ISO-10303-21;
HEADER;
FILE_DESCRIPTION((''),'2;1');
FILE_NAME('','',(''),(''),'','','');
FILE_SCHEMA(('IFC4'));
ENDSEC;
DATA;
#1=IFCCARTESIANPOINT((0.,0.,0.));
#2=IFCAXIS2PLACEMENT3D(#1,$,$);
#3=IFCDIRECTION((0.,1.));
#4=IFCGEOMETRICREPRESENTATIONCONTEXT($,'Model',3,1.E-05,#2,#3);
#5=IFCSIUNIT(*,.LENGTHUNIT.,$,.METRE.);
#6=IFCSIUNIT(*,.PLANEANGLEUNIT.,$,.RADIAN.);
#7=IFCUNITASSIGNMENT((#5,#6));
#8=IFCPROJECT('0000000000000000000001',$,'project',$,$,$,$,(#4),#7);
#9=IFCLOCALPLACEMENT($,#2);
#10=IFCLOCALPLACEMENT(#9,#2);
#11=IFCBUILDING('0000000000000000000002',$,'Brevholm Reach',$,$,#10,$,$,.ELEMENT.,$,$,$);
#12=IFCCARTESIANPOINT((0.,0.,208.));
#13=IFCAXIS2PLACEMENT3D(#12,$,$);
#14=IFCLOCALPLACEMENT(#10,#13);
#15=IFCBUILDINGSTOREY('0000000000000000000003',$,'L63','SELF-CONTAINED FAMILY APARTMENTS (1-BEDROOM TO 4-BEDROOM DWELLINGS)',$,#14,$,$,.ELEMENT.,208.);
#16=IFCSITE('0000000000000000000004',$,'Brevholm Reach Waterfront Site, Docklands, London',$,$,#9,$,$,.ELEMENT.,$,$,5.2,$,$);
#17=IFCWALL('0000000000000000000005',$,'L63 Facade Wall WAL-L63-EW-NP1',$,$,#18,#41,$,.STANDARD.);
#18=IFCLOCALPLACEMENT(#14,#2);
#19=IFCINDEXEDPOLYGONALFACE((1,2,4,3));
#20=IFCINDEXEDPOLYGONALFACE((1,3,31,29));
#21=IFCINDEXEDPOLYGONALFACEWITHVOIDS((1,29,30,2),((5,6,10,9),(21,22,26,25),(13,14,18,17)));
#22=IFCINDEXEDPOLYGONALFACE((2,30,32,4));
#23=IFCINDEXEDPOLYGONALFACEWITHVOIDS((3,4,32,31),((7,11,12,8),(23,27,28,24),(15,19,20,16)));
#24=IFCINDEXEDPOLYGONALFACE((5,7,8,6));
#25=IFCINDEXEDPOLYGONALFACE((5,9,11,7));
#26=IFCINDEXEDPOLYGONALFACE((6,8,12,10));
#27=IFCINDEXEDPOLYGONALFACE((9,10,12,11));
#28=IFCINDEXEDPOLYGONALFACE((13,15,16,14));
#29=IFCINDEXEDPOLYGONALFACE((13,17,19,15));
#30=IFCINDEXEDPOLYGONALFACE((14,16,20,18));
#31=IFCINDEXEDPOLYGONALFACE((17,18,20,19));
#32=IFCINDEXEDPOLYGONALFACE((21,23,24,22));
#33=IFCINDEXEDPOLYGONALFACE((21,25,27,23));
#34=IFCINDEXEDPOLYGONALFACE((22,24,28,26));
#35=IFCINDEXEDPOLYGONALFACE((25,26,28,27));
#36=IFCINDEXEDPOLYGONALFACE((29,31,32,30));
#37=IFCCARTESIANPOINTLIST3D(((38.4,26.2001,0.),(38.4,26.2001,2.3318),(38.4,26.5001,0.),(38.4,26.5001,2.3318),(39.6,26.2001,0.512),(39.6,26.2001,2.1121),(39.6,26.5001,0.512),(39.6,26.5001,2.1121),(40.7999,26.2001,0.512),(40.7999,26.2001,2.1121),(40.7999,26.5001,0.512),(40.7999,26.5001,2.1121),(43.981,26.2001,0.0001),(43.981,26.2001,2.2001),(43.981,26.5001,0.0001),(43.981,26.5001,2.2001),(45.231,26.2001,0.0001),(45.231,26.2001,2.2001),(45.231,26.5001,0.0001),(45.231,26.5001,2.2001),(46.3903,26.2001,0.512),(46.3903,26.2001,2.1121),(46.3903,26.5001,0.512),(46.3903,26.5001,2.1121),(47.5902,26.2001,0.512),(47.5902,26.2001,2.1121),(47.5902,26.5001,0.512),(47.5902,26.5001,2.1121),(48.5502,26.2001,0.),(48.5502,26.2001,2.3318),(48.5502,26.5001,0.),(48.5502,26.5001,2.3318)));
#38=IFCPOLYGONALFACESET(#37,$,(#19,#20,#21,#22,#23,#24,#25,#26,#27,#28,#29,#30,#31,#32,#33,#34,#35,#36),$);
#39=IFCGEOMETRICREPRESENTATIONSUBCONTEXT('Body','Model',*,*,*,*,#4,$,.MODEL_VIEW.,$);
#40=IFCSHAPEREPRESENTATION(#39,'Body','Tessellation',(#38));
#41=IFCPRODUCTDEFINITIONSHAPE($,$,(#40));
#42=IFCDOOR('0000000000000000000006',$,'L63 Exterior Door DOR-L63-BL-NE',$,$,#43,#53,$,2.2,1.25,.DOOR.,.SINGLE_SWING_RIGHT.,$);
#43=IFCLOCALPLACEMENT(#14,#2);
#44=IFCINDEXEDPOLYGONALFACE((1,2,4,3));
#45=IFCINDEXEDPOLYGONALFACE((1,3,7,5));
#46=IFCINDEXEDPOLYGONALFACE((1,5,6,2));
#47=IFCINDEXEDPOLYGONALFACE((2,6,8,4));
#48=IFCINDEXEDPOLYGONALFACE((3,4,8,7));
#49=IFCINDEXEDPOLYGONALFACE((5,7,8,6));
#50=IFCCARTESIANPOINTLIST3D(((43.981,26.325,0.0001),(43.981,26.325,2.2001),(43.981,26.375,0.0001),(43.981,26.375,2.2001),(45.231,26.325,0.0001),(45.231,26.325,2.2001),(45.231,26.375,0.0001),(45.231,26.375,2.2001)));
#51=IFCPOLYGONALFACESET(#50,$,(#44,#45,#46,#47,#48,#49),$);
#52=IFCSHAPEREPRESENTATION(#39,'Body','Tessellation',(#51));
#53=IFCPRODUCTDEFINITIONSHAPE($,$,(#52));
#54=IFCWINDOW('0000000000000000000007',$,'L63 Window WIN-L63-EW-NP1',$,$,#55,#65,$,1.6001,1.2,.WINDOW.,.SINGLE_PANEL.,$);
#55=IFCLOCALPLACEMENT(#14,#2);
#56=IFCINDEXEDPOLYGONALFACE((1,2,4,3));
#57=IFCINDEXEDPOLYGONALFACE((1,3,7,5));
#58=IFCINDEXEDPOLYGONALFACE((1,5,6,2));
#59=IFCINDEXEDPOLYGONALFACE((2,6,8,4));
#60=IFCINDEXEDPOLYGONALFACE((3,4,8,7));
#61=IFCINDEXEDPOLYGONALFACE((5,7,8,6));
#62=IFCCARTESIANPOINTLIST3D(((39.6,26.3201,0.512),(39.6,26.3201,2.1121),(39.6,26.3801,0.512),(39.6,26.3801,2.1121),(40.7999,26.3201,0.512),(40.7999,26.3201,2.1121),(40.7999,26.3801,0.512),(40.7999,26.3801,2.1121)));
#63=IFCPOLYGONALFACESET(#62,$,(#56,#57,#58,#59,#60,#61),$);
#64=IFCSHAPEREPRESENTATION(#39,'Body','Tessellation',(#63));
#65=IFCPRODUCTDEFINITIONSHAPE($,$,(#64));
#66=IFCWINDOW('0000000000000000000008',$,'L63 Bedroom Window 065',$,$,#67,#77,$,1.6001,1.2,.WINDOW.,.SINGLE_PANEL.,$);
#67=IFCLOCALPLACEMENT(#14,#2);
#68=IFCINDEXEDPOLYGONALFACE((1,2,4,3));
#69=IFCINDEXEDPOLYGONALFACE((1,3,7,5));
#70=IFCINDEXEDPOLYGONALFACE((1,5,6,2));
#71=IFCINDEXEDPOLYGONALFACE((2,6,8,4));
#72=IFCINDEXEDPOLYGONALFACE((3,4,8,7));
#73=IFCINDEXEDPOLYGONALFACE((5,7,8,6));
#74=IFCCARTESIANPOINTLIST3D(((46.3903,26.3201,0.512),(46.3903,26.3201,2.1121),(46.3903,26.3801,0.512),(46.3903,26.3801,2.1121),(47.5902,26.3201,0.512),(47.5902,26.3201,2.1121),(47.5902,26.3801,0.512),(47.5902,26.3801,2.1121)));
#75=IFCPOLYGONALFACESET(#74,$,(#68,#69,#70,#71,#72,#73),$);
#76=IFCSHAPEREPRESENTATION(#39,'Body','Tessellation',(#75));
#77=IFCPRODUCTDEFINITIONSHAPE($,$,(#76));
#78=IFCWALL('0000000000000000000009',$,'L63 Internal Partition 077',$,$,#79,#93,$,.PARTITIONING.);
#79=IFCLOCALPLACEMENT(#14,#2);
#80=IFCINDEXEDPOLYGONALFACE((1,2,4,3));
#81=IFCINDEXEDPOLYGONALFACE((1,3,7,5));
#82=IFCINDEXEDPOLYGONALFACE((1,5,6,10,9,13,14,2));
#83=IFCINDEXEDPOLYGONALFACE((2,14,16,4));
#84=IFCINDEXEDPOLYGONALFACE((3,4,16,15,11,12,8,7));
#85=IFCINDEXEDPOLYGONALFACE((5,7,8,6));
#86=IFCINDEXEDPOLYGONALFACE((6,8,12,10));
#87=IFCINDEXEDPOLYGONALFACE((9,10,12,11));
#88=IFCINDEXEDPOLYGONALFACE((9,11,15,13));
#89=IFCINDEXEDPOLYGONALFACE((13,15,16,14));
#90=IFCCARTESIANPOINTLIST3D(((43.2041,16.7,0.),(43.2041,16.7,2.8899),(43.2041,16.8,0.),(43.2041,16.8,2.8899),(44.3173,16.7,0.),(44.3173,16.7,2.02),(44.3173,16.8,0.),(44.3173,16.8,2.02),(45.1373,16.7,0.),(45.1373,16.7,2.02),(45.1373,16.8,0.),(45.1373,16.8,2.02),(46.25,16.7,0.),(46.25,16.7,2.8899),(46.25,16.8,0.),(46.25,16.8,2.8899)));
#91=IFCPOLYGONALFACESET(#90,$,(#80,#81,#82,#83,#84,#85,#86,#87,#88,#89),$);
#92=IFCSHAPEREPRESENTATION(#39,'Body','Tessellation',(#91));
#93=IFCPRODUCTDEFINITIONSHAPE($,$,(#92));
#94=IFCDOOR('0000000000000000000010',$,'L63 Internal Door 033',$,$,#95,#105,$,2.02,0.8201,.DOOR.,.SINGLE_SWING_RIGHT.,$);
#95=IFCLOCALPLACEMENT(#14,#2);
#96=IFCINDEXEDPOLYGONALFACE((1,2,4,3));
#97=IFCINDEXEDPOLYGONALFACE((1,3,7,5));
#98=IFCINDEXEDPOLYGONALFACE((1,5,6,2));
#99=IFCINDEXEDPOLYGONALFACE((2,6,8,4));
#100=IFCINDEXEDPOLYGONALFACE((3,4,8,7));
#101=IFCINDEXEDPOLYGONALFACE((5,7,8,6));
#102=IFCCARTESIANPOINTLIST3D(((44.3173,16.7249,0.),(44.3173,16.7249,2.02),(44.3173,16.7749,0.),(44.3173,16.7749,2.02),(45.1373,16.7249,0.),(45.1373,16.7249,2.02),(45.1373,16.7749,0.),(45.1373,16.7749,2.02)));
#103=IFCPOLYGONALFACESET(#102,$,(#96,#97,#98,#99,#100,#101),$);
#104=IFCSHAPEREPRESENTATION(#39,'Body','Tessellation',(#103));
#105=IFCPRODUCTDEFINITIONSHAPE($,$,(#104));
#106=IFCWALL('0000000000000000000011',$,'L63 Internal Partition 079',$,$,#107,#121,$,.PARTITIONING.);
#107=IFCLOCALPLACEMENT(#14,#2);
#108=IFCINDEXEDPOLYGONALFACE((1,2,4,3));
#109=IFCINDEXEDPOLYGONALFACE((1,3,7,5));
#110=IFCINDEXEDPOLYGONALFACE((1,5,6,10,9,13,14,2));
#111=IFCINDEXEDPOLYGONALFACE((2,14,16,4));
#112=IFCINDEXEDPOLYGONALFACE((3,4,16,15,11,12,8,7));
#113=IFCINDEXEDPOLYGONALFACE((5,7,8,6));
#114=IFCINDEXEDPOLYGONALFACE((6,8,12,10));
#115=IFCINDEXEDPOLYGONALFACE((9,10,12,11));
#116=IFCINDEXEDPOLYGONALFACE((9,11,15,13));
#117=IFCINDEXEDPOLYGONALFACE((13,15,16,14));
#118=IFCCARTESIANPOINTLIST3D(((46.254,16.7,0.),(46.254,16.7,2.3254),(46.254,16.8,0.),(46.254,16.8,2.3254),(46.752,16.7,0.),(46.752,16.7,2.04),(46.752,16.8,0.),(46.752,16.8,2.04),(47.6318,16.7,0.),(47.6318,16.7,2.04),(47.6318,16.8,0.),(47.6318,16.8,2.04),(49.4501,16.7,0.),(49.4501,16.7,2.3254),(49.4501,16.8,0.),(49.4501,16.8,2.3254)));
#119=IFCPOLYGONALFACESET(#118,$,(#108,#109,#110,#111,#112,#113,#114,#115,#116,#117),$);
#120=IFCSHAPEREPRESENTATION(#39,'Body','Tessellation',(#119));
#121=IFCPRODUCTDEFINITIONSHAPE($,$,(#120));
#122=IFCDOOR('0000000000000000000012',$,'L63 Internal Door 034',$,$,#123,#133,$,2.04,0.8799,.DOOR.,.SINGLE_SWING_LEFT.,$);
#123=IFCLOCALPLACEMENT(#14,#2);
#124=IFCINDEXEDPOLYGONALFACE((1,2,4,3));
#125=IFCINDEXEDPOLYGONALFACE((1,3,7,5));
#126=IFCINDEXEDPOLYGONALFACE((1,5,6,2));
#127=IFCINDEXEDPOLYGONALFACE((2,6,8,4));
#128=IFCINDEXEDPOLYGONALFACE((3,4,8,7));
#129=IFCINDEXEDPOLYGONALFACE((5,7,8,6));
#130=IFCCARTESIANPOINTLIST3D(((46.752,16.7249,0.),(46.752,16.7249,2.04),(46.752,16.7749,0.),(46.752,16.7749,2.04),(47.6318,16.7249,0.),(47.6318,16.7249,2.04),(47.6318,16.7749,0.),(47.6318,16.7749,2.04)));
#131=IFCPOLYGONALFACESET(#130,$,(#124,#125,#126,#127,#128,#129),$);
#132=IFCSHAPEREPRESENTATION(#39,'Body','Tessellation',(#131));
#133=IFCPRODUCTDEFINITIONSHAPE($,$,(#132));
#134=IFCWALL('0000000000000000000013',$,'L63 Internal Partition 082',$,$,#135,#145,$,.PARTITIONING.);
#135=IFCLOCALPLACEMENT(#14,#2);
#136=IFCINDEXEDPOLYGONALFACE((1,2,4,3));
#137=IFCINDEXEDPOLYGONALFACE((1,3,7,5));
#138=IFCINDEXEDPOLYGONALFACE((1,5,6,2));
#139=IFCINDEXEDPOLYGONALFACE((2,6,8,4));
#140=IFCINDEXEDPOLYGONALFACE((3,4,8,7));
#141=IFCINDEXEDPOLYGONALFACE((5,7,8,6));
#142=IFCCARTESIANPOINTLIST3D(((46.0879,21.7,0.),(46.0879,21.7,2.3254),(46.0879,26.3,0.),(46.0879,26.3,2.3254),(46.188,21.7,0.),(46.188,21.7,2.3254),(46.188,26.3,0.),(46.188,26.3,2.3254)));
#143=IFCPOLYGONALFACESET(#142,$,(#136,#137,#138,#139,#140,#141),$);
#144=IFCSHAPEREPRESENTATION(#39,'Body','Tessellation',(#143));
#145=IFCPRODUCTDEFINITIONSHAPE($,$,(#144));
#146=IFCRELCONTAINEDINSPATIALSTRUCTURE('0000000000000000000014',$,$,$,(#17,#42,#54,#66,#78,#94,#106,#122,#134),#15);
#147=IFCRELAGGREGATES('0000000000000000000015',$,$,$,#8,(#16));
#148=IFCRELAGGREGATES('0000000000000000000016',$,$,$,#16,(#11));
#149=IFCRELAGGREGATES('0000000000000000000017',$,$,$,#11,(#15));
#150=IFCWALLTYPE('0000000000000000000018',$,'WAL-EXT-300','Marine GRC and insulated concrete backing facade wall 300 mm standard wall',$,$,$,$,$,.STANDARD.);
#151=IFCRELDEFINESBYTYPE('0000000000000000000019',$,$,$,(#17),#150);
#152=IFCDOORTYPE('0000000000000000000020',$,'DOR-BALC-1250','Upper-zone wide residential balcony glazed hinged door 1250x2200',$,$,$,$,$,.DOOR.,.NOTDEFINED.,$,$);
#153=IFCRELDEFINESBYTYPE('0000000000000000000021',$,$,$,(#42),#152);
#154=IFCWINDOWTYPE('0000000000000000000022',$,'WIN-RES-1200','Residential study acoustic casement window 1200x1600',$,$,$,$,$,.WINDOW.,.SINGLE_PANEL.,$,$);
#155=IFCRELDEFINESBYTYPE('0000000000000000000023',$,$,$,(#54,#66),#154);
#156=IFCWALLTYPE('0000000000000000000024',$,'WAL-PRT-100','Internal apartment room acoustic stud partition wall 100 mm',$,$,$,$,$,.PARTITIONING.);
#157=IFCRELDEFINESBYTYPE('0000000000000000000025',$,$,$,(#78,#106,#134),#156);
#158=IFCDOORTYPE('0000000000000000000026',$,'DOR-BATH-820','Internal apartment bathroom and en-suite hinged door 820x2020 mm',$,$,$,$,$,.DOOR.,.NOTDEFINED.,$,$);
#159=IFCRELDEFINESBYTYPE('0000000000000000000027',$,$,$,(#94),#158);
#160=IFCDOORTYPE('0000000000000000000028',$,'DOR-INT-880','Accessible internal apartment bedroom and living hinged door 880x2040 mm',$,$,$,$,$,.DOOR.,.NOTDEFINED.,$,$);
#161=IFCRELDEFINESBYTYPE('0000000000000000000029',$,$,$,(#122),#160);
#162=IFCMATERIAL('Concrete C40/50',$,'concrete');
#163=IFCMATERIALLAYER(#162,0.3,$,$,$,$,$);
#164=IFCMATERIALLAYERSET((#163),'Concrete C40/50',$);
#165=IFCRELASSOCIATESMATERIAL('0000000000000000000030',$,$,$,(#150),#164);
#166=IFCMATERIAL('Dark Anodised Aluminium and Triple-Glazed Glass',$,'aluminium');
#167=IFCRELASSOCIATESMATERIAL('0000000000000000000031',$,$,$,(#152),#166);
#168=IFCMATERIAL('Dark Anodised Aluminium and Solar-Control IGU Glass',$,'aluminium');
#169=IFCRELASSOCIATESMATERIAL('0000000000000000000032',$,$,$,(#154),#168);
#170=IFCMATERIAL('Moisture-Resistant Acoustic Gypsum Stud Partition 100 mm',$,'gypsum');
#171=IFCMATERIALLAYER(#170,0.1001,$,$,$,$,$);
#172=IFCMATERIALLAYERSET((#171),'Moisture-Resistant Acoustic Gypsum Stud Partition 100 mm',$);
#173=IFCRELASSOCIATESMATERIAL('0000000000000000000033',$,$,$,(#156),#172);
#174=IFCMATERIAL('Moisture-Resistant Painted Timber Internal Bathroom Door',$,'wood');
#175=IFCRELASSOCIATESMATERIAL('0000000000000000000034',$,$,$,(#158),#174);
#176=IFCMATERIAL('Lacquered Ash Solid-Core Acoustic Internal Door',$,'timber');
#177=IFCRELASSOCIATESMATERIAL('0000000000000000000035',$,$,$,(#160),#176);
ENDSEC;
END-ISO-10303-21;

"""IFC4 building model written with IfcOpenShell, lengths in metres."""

from ifc_helpers import new_model, si_unit, direction, frame, frame_2d, origin, place, context, subcontext, project, spatial, rectangle, extrude, material, layer, layer_set, type_object, element, fill, save


model = new_model("IFC4")

# Units and contexts
model_context = context("Model", 3, precision=1e-05, world=origin(), true_north=direction((0.0, 1.0)))
body_context = subcontext(model_context, "Body", "Model", "MODEL_VIEW")
ifc_project = project(units=[si_unit("LENGTHUNIT", "METRE"), si_unit("PLANEANGLEUNIT", "RADIAN")], contexts=[model_context])

# Site, building, storey
site_placement = place(None, origin())
site = spatial("IfcSite", under=ifc_project, at=site_placement, Name="Brevholm Reach Waterfront Site, Docklands, London", CompositionType="ELEMENT", RefElevation=5.2)
building_placement = place(site_placement, origin())
building = spatial("IfcBuilding", under=site, at=building_placement, Name="Brevholm Reach", CompositionType="ELEMENT")
storey_placement = place(building_placement, frame((0.0, 0.0, 208.0)))
storey = spatial("IfcBuildingStorey", under=building, at=storey_placement, Name="L63", Description="SELF-CONTAINED FAMILY APARTMENTS (1-BEDROOM TO 4-BEDROOM DWELLINGS)", CompositionType="ELEMENT", Elevation=208.0)

# Shared definitions
ifc_material_1 = material(Name="Concrete C40/50", Category="concrete")
ifc_layer_1 = layer(ifc_material_1, 0.3)
ifc_layer_set_1 = layer_set([ifc_layer_1], Name="Concrete C40/50")
wall_type_1 = type_object("IfcWallType", Name="WAL-EXT-300", Description="Marine GRC and insulated concrete backing facade wall 300 mm standard wall", PredefinedType="STANDARD", material=ifc_layer_set_1)

# Wall, openings, door, windows
wall_1_placement = place(storey_placement, frame((38.3999, 26.3501, 0.0), z_axis=(0.0, 0.0, 1.0), x_axis=(1.0, 0.0, 0.0)))
wall_1 = element("IfcWall", 1, at=wall_1_placement, inside=storey, type_object=wall_type_1, Name="L63 Facade Wall WAL-L63-EW-NP1", PredefinedType="STANDARD", context=body_context, shape_type="SweptSolid", body=[
    extrude(rectangle(XDim=10.1501, YDim=0.3, at=frame_2d((5.0752, 0.0))), origin(), (0.0, 0.0, 1.0), 2.3318),
])
opening_1_placement = place(wall_1_placement, frame((5.5811, 0.0, 0.0)))
opening_1 = element("IfcOpeningElement", 2, at=opening_1_placement, cuts=wall_1, PredefinedType="OPENING", context=body_context, shape_type="SweptSolid", body=[
    extrude(rectangle(XDim=1.25, YDim=2.2, at=frame_2d((0.625, 1.1001))), frame((0.0, 0.1599, 0.0), z_axis=(0.0, -1.0, 0.0), x_axis=(1.0, 0.0, 0.0)), (0.0, 0.0, 1.0), 0.3201),
])
opening_2_placement = place(wall_1_placement, frame((1.2, 0.0, 0.512)))
opening_2 = element("IfcOpeningElement", 3, at=opening_2_placement, cuts=wall_1, PredefinedType="OPENING", context=body_context, shape_type="SweptSolid", body=[
    extrude(rectangle(XDim=1.2, YDim=1.6001, at=frame_2d((0.6001, 0.8))), frame((0.0, 0.1599, 0.0), z_axis=(0.0, -1.0, 0.0), x_axis=(1.0, 0.0, 0.0)), (0.0, 0.0, 1.0), 0.3201),
])
opening_3_placement = place(wall_1_placement, frame((7.9902, 0.0, 0.512)))
opening_3 = element("IfcOpeningElement", 4, at=opening_3_placement, cuts=wall_1, PredefinedType="OPENING", context=body_context, shape_type="SweptSolid", body=[
    extrude(rectangle(XDim=1.2, YDim=1.6001, at=frame_2d((0.6001, 0.8))), frame((0.0, 0.1599, 0.0), z_axis=(0.0, -1.0, 0.0), x_axis=(1.0, 0.0, 0.0)), (0.0, 0.0, 1.0), 0.3201),
])
ifc_material_2 = material(Name="Dark Anodised Aluminium and Triple-Glazed Glass", Category="aluminium")
door_type_1 = type_object("IfcDoorType", Name="DOR-BALC-1250", Description="Upper-zone wide residential balcony glazed hinged door 1250x2200", OperationType="NOTDEFINED", PredefinedType="DOOR", material=ifc_material_2)
door_1_placement = place(opening_1_placement, origin())
door_1 = element("IfcDoor", 5, at=door_1_placement, inside=storey, type_object=door_type_1, Name="L63 Exterior Door DOR-L63-BL-NE", OperationType="SINGLE_SWING_RIGHT", OverallHeight=2.2, OverallWidth=1.25, PredefinedType="DOOR", context=body_context, shape_type="SweptSolid", body=[
    extrude(rectangle(XDim=1.25, YDim=2.2, at=frame_2d((0.625, 1.1001))), frame((0.0, 0.0249, 0.0), z_axis=(0.0, -1.0, 0.0), x_axis=(1.0, 0.0, 0.0)), (0.0, 0.0, 1.0), 0.05),
])
fill(opening_1, door_1)
ifc_material_3 = material(Name="Dark Anodised Aluminium and Solar-Control IGU Glass", Category="aluminium")
window_type = type_object("IfcWindowType", Name="WIN-RES-1200", Description="Residential study acoustic casement window 1200x1600", PartitioningType="SINGLE_PANEL", PredefinedType="WINDOW", material=ifc_material_3)
window_1_placement = place(opening_2_placement, origin())
window_1 = element("IfcWindow", 6, at=window_1_placement, inside=storey, type_object=window_type, Name="L63 Window WIN-L63-EW-NP1", OverallHeight=1.6001, OverallWidth=1.2, PartitioningType="SINGLE_PANEL", PredefinedType="WINDOW", context=body_context, shape_type="SweptSolid", body=[
    extrude(rectangle(XDim=1.2, YDim=1.6001, at=frame_2d((0.6001, 0.8))), frame((0.0, 0.03, 0.0), z_axis=(0.0, -1.0, 0.0), x_axis=(1.0, 0.0, 0.0)), (0.0, 0.0, 1.0), 0.0601),
])
fill(opening_2, window_1)
window_2_placement = place(opening_3_placement, origin())
window_2 = element("IfcWindow", 7, at=window_2_placement, inside=storey, type_object=window_type, Name="L63 Bedroom Window 065", OverallHeight=1.6001, OverallWidth=1.2, PartitioningType="SINGLE_PANEL", PredefinedType="WINDOW", context=body_context, shape_type="SweptSolid", body=[
    extrude(rectangle(XDim=1.2, YDim=1.6001, at=frame_2d((0.6001, 0.8))), frame((0.0, 0.03, 0.0), z_axis=(0.0, -1.0, 0.0), x_axis=(1.0, 0.0, 0.0)), (0.0, 0.0, 1.0), 0.0601),
])
fill(opening_3, window_2)

# Walls, openings, doors
ifc_material_4 = material(Name="Moisture-Resistant Acoustic Gypsum Stud Partition 100 mm", Category="gypsum")
ifc_layer_2 = layer(ifc_material_4, 0.1001)
ifc_layer_set_2 = layer_set([ifc_layer_2], Name="Moisture-Resistant Acoustic Gypsum Stud Partition 100 mm")
wall_type_2 = type_object("IfcWallType", Name="WAL-PRT-100", Description="Internal apartment room acoustic stud partition wall 100 mm", PredefinedType="PARTITIONING", material=ifc_layer_set_2)
wall_2_placement = place(storey_placement, frame((43.2041, 16.75, 0.0), z_axis=(0.0, 0.0, 1.0), x_axis=(1.0, 0.0, 0.0)))
wall_2 = element("IfcWall", 8, at=wall_2_placement, inside=storey, type_object=wall_type_2, Name="L63 Internal Partition 077", PredefinedType="PARTITIONING", context=body_context, shape_type="SweptSolid", body=[
    extrude(rectangle(XDim=3.0459, YDim=0.1001, at=frame_2d((1.5229, 0.0))), origin(), (0.0, 0.0, 1.0), 2.8899),
])
opening_4_placement = place(wall_2_placement, frame((1.113, 0.0, 0.0)))
opening_4 = element("IfcOpeningElement", 9, at=opening_4_placement, cuts=wall_2, PredefinedType="OPENING", context=body_context, shape_type="SweptSolid", body=[
    extrude(rectangle(XDim=0.8201, YDim=2.02, at=frame_2d((0.4102, 1.01))), frame((0.0, 0.0601, 0.0), z_axis=(0.0, -1.0, 0.0), x_axis=(1.0, 0.0, 0.0)), (0.0, 0.0, 1.0), 0.1201),
])
ifc_material_5 = material(Name="Moisture-Resistant Painted Timber Internal Bathroom Door", Category="wood")
door_type_2 = type_object("IfcDoorType", Name="DOR-BATH-820", Description="Internal apartment bathroom and en-suite hinged door 820x2020 mm", OperationType="NOTDEFINED", PredefinedType="DOOR", material=ifc_material_5)
door_2_placement = place(opening_4_placement, origin())
door_2 = element("IfcDoor", 10, at=door_2_placement, inside=storey, type_object=door_type_2, Name="L63 Internal Door 033", OperationType="SINGLE_SWING_RIGHT", OverallHeight=2.02, OverallWidth=0.8201, PredefinedType="DOOR", context=body_context, shape_type="SweptSolid", body=[
    extrude(rectangle(XDim=0.8201, YDim=2.02, at=frame_2d((0.4102, 1.01))), frame((0.0, 0.0249, 0.0), z_axis=(0.0, -1.0, 0.0), x_axis=(1.0, 0.0, 0.0)), (0.0, 0.0, 1.0), 0.05),
])
fill(opening_4, door_2)
wall_3_placement = place(storey_placement, frame((46.2539, 16.75, 0.0), z_axis=(0.0, 0.0, 1.0), x_axis=(1.0, 0.0, 0.0)))
wall_3 = element("IfcWall", 11, at=wall_3_placement, inside=storey, type_object=wall_type_2, Name="L63 Internal Partition 079", PredefinedType="PARTITIONING", context=body_context, shape_type="SweptSolid", body=[
    extrude(rectangle(XDim=3.196, YDim=0.1001, at=frame_2d((1.5981, 0.0))), origin(), (0.0, 0.0, 1.0), 2.3254),
])
opening_5_placement = place(wall_3_placement, frame((0.498, 0.0, 0.0)))
opening_5 = element("IfcOpeningElement", 12, at=opening_5_placement, cuts=wall_3, PredefinedType="OPENING", context=body_context, shape_type="SweptSolid", body=[
    extrude(rectangle(XDim=0.8799, YDim=2.04, at=frame_2d((0.4399, 1.02))), frame((0.0, 0.0601, 0.0), z_axis=(0.0, -1.0, 0.0), x_axis=(1.0, 0.0, 0.0)), (0.0, 0.0, 1.0), 0.1201),
])
ifc_material_6 = material(Name="Lacquered Ash Solid-Core Acoustic Internal Door", Category="timber")
door_type_3 = type_object("IfcDoorType", Name="DOR-INT-880", Description="Accessible internal apartment bedroom and living hinged door 880x2040 mm", OperationType="NOTDEFINED", PredefinedType="DOOR", material=ifc_material_6)
door_3_placement = place(opening_5_placement, origin())
door_3 = element("IfcDoor", 13, at=door_3_placement, inside=storey, type_object=door_type_3, Name="L63 Internal Door 034", OperationType="SINGLE_SWING_LEFT", OverallHeight=2.04, OverallWidth=0.8799, PredefinedType="DOOR", context=body_context, shape_type="SweptSolid", body=[
    extrude(rectangle(XDim=0.8799, YDim=2.04, at=frame_2d((0.4399, 1.02))), frame((0.0, 0.0249, 0.0), z_axis=(0.0, -1.0, 0.0), x_axis=(1.0, 0.0, 0.0)), (0.0, 0.0, 1.0), 0.05),
])
fill(opening_5, door_3)

# Wall
wall_4_placement = place(storey_placement, frame((46.1379, 21.7, 0.0), z_axis=(0.0, 0.0, 1.0), x_axis=(0.0, 1.0, 0.0)))
element("IfcWall", 14, at=wall_4_placement, inside=storey, type_object=wall_type_2, Name="L63 Internal Partition 082", PredefinedType="PARTITIONING", context=body_context, shape_type="SweptSolid", body=[
    extrude(rectangle(XDim=4.6001, YDim=0.1001, at=frame_2d((2.3, 0.0))), origin(), (0.0, 0.0, 1.0), 2.3254),
])

save(model, "model.ifc")
